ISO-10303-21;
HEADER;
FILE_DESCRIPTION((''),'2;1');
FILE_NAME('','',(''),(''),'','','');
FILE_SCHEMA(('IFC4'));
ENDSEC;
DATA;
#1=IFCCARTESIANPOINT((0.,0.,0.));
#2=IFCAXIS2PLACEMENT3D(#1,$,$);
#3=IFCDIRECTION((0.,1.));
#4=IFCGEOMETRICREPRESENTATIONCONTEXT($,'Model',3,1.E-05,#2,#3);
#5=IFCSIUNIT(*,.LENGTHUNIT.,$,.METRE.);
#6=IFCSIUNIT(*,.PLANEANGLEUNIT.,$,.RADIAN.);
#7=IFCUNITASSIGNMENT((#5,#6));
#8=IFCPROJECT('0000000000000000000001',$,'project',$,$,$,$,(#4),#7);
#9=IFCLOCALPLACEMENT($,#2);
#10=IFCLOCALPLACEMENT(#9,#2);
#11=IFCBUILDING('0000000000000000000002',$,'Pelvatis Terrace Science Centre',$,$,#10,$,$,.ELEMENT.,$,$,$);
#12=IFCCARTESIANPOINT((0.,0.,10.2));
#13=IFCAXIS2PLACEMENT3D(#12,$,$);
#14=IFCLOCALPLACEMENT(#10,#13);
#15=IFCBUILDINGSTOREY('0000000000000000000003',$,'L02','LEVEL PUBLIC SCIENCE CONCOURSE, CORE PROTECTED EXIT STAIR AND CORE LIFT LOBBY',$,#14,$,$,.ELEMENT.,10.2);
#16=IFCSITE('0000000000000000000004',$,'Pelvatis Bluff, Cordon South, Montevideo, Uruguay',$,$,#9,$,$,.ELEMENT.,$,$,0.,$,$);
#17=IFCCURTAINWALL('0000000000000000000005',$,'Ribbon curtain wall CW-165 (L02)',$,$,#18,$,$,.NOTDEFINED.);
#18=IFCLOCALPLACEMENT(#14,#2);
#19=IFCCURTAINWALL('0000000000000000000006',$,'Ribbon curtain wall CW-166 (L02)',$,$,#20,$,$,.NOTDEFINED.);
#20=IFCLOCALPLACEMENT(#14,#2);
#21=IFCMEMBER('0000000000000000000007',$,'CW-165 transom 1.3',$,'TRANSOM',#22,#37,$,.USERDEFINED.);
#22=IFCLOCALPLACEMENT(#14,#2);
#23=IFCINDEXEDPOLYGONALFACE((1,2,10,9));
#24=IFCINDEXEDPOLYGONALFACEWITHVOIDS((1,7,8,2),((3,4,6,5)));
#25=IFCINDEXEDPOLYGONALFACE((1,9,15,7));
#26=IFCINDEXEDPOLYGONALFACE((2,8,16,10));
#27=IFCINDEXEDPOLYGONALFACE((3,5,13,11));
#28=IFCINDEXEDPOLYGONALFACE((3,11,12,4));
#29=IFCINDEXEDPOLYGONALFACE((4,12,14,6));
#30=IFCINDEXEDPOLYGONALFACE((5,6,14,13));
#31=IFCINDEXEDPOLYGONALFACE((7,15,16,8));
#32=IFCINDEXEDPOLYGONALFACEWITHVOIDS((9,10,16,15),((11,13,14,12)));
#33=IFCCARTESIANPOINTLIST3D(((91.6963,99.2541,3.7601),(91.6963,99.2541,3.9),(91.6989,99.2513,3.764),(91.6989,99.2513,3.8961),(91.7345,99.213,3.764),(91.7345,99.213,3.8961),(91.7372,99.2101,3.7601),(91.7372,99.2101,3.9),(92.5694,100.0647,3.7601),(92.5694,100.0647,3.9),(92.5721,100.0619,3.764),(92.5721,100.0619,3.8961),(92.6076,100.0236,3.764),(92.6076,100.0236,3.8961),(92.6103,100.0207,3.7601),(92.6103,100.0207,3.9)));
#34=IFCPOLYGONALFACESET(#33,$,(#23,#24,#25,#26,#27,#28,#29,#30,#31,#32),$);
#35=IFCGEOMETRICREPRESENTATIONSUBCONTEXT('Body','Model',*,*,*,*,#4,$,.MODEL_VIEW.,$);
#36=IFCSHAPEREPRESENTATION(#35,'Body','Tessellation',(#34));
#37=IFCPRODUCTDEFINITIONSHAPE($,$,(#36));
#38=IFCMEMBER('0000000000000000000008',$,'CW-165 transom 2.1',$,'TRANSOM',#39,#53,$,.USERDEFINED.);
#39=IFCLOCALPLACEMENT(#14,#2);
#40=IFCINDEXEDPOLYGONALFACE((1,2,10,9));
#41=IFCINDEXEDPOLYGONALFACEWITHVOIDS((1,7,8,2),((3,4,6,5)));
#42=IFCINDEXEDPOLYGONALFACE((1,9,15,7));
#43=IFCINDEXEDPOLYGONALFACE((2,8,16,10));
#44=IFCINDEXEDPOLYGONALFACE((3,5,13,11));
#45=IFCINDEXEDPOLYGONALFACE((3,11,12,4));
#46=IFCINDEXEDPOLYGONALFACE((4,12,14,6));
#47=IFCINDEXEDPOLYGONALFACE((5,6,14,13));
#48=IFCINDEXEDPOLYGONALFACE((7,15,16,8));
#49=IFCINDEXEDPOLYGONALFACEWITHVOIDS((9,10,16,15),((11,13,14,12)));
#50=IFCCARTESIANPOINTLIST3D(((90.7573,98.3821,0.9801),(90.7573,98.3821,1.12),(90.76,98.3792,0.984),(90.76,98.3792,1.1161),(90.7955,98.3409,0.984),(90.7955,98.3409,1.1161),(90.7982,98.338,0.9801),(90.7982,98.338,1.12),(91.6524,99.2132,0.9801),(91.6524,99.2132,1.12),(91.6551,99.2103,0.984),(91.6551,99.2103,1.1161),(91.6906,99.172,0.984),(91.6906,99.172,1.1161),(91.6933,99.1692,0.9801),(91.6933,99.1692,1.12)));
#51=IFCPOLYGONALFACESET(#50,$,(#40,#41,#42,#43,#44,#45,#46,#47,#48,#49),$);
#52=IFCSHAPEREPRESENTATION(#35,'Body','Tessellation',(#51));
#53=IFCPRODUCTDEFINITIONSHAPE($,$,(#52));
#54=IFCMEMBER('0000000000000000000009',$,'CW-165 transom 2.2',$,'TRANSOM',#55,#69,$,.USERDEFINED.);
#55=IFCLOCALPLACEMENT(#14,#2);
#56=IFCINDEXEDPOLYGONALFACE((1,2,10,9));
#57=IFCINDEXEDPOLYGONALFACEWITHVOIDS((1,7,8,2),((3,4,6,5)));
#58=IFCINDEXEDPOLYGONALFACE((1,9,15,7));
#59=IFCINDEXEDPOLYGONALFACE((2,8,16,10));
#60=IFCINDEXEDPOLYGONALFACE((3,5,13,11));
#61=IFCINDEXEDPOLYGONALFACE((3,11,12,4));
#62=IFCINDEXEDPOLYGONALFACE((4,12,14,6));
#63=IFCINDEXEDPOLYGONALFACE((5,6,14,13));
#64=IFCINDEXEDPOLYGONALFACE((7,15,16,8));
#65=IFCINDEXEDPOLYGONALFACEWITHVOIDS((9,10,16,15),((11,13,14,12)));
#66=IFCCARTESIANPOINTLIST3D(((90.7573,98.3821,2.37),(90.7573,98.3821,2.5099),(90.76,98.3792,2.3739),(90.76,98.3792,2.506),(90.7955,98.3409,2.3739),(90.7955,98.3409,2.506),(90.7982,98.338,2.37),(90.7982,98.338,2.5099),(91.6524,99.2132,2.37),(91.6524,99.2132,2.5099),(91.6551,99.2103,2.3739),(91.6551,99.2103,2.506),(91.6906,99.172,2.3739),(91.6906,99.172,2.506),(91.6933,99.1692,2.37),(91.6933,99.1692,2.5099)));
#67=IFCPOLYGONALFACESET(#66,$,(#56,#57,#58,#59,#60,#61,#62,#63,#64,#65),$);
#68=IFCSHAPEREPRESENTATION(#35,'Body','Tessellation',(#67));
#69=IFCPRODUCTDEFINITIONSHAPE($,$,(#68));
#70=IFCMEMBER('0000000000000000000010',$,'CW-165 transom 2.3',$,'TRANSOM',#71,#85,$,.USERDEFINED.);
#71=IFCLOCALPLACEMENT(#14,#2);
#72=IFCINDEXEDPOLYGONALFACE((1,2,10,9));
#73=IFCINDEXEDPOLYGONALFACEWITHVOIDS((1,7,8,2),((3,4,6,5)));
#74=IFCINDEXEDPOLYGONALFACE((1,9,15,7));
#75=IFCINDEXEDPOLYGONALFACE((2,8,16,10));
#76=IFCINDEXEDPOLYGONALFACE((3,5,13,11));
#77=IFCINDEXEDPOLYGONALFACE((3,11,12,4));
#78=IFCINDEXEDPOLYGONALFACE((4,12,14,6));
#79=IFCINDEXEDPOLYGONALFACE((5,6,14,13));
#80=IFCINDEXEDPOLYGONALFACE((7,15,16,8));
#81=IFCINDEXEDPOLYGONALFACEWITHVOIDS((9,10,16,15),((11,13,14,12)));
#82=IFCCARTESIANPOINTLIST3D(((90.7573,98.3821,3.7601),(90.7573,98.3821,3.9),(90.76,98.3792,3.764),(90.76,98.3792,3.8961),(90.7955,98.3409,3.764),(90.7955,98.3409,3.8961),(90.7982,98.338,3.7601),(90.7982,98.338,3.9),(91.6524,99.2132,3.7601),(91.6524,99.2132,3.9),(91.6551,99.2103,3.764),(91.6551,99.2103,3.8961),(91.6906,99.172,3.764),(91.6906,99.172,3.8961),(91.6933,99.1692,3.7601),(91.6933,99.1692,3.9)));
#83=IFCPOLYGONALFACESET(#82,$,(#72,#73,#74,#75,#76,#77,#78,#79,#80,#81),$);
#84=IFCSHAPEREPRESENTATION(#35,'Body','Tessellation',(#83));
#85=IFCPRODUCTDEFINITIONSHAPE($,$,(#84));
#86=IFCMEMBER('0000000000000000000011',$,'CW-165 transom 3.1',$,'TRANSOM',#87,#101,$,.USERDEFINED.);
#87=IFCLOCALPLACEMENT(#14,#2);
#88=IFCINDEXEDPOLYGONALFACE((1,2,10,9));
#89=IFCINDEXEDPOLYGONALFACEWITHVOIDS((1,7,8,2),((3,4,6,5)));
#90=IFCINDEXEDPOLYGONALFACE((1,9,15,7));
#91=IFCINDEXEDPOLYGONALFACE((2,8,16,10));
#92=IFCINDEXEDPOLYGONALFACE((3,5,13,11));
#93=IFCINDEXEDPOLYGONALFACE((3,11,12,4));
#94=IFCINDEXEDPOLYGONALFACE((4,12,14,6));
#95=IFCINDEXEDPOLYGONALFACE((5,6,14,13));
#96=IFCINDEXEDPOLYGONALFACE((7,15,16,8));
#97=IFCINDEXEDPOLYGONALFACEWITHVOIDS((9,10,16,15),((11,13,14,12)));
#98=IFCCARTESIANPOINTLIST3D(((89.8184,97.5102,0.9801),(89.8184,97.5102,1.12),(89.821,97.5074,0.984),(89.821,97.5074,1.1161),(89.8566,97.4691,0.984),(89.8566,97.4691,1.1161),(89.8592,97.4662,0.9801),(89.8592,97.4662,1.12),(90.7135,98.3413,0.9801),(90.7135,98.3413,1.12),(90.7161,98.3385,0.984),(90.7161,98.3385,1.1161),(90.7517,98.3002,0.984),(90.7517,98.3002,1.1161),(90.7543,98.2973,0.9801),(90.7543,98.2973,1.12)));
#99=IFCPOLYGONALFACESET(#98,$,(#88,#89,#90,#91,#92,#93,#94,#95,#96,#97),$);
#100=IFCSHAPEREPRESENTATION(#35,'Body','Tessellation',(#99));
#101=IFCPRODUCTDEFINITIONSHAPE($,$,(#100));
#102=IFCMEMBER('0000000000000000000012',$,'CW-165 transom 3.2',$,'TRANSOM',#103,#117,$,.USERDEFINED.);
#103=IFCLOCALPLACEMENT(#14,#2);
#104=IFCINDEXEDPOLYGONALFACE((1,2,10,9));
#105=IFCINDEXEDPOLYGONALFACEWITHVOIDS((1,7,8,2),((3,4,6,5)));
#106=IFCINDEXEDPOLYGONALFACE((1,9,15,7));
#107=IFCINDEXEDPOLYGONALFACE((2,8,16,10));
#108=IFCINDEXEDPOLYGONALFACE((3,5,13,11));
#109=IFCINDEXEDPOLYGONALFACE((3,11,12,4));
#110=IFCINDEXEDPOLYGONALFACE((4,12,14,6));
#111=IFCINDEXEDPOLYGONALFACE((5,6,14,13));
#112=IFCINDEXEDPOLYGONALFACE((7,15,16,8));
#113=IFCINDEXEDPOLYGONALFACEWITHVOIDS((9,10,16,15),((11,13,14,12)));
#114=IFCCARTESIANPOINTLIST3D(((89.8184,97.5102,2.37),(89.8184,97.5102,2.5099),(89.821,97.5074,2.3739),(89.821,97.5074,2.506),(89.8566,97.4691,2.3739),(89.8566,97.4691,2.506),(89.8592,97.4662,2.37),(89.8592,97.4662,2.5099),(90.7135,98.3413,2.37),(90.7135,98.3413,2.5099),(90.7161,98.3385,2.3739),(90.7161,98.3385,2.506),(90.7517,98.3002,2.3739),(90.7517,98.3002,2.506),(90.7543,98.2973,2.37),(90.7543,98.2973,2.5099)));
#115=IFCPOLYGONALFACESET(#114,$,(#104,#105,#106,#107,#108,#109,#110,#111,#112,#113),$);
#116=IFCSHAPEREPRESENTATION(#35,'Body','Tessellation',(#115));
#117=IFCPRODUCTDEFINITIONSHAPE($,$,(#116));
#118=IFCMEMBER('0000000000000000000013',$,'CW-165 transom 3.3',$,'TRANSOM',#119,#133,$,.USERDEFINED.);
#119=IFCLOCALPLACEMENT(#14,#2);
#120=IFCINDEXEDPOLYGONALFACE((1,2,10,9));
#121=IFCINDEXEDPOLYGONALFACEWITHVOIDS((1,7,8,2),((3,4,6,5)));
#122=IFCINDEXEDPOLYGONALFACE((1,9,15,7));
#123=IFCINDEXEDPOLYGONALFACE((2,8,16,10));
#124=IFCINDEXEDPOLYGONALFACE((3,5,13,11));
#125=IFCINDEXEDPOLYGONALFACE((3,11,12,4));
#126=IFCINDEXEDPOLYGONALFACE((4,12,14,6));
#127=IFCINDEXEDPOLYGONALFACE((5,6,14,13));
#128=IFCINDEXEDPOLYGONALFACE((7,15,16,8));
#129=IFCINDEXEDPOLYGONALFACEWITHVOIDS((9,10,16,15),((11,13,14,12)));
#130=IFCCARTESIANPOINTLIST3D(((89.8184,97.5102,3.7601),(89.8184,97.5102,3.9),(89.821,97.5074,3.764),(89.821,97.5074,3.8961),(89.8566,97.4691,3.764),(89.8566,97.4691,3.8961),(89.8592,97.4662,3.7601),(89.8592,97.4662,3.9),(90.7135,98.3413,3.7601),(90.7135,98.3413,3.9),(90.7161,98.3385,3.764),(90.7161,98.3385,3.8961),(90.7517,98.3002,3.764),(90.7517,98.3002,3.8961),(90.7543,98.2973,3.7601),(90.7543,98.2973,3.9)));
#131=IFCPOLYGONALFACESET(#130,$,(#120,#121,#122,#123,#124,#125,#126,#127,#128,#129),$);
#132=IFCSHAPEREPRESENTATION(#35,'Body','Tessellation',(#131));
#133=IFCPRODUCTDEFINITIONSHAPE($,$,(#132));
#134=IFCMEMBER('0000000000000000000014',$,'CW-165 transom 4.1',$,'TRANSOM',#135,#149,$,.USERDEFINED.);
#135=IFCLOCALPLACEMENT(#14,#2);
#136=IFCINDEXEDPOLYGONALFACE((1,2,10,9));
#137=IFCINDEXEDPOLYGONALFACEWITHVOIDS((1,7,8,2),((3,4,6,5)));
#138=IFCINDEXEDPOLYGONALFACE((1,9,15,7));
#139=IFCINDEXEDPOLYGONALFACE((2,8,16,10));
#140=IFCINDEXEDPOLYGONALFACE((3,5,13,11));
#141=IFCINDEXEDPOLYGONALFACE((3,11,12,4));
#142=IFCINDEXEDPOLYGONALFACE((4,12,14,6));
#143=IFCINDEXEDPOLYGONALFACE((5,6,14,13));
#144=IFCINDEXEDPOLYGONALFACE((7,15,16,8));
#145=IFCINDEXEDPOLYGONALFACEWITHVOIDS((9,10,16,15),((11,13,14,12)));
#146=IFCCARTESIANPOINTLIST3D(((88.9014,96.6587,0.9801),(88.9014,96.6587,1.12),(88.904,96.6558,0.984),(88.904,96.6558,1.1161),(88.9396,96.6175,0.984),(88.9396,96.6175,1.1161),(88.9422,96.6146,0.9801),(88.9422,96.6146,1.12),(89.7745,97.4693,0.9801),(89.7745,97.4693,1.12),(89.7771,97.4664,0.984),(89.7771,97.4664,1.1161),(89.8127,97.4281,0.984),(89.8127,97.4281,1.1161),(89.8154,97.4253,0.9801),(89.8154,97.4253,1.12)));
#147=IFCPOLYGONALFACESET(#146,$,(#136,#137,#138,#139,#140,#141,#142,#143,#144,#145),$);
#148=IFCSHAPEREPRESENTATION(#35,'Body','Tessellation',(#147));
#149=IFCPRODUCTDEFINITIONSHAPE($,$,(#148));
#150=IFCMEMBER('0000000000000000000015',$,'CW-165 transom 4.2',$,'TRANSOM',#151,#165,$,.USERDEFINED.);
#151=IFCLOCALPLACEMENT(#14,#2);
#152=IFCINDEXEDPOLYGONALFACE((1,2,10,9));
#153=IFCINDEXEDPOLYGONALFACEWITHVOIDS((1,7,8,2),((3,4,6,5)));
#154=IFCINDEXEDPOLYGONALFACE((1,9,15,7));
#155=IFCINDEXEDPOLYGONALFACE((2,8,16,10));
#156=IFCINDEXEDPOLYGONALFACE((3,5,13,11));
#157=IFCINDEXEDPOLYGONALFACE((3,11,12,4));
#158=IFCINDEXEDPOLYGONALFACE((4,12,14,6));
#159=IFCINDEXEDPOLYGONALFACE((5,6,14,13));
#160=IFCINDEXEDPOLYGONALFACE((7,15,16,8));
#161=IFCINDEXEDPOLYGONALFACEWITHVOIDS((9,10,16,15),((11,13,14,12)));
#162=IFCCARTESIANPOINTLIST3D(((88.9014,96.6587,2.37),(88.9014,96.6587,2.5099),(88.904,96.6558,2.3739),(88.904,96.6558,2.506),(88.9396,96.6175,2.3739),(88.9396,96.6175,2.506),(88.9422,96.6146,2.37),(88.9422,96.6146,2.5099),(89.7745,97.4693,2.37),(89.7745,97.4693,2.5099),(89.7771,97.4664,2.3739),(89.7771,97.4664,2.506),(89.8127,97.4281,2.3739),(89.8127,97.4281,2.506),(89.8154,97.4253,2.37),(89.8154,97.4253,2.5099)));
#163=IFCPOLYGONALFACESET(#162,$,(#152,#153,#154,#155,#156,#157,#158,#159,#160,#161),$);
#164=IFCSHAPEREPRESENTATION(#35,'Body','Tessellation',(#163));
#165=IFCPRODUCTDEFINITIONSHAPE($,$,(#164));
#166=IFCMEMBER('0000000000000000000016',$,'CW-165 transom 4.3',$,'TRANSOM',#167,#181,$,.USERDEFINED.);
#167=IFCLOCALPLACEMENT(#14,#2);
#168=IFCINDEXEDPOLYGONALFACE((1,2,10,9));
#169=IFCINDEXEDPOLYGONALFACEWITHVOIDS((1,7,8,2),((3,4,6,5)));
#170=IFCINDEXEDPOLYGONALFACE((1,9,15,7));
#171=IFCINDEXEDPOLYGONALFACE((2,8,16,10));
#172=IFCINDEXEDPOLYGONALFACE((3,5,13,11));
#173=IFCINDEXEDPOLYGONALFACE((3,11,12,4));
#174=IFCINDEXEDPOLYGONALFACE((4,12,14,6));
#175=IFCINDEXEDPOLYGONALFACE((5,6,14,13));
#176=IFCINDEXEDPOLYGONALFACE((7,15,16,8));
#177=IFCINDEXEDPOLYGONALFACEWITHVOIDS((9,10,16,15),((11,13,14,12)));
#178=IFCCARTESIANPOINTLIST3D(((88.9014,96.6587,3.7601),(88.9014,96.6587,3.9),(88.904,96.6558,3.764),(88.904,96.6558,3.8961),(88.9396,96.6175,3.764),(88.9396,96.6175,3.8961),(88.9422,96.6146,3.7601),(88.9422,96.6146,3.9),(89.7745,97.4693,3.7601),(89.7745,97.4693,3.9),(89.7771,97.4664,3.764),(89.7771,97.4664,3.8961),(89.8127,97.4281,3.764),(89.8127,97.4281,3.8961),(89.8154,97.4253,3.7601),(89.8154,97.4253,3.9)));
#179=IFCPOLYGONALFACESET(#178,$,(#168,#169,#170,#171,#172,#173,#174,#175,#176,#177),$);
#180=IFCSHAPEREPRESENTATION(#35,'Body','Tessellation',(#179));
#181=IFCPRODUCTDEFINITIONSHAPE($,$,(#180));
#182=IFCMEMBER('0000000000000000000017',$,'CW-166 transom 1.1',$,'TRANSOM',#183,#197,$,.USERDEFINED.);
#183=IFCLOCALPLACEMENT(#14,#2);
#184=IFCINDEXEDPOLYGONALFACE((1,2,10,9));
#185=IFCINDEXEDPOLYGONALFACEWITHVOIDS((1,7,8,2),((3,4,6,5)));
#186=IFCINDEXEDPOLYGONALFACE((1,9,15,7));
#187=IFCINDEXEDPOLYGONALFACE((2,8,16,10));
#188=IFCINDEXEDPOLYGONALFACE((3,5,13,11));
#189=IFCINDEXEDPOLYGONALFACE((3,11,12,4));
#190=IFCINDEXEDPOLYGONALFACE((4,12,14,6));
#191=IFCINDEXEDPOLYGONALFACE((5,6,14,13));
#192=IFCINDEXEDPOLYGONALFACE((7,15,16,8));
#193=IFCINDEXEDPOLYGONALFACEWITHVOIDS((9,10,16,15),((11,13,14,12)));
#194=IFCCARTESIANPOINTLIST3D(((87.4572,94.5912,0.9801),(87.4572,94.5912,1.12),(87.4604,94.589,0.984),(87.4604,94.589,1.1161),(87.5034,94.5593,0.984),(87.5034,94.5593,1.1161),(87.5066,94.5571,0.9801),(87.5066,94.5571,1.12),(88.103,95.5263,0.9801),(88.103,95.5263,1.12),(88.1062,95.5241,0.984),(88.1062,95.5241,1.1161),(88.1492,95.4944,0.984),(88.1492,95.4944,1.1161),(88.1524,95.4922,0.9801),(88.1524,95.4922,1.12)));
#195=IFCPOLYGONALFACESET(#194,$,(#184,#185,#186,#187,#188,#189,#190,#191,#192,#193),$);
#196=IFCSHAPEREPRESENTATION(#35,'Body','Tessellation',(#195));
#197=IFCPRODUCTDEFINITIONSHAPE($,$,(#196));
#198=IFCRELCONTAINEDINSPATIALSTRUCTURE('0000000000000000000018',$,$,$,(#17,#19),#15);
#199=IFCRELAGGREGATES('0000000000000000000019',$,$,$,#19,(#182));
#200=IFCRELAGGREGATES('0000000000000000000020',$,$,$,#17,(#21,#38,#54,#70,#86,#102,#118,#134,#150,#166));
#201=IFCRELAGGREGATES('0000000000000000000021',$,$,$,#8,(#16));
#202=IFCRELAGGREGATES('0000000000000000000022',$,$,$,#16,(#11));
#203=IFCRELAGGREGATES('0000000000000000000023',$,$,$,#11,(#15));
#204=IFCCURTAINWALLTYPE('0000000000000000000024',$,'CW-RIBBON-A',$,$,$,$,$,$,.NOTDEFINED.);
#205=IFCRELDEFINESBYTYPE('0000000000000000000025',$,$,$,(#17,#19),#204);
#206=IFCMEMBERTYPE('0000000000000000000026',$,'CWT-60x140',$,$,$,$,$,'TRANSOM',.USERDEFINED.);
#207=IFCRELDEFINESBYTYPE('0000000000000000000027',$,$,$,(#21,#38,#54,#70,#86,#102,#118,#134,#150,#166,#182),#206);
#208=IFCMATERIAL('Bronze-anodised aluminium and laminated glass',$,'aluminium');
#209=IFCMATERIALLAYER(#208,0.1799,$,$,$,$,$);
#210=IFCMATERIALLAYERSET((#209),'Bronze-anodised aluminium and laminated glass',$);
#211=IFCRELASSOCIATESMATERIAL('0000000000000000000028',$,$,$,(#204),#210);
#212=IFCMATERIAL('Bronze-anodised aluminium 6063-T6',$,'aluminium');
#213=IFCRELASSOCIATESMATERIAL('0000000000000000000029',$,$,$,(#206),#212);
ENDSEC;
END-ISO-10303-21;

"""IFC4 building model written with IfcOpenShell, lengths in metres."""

from ifc_helpers import new_model, si_unit, direction, frame, origin, origin_2d, place, context, subcontext, project, spatial, hollow_rectangle, extrude, material, layer, layer_set, material_profile, profile_set, type_object, element, aggregate, save


model = new_model("IFC4")

# Units and contexts
model_context = context("Model", 3, precision=1e-05, world=origin(), true_north=direction((0.0, 1.0)))
body_context = subcontext(model_context, "Body", "Model", "MODEL_VIEW")
ifc_project = project(units=[si_unit("LENGTHUNIT", "METRE"), si_unit("PLANEANGLEUNIT", "RADIAN")], contexts=[model_context])

# Site, building, storey
site_placement = place(None, origin())
site = spatial("IfcSite", under=ifc_project, at=site_placement, Name="Pelvatis Bluff, Cordon South, Montevideo, Uruguay", CompositionType="ELEMENT", RefElevation=0.0)
building_placement = place(site_placement, origin())
building = spatial("IfcBuilding", under=site, at=building_placement, Name="Pelvatis Terrace Science Centre", CompositionType="ELEMENT")
storey_placement = place(building_placement, frame((0.0, 0.0, 10.2)))
storey = spatial("IfcBuildingStorey", under=building, at=storey_placement, Name="L02", Description="LEVEL PUBLIC SCIENCE CONCOURSE, CORE PROTECTED EXIT STAIR AND CORE LIFT LOBBY", CompositionType="ELEMENT", Elevation=10.2)

# Shared definitions
ifc_material_1 = material(Name="Bronze-anodised aluminium and laminated glass", Category="aluminium")
ifc_layer_1 = layer(ifc_material_1, 0.1799)
ifc_layer_set_1 = layer_set([ifc_layer_1], Name="Bronze-anodised aluminium and laminated glass")
curtain_wall_type = type_object("IfcCurtainWallType", Name="CW-RIBBON-A", PredefinedType="NOTDEFINED", material=ifc_layer_set_1)

# Curtain wall
curtain_wall_1_placement = place(storey_placement, origin())
curtain_wall_1 = element("IfcCurtainWall", 1, at=curtain_wall_1_placement, inside=storey, type_object=curtain_wall_type, Name="Ribbon curtain wall CW-165 (L02)", PredefinedType="NOTDEFINED")

# Curtain wall
curtain_wall_2_placement = place(storey_placement, origin())
curtain_wall_2 = element("IfcCurtainWall", 2, at=curtain_wall_2_placement, inside=storey, type_object=curtain_wall_type, Name="Ribbon curtain wall CW-166 (L02)", PredefinedType="NOTDEFINED")

# Members
ifc_material_2 = material(Name="Bronze-anodised aluminium 6063-T6", Category="aluminium")
ifc_material_profile_1 = material_profile(ifc_material_2, hollow_rectangle(XDim=0.0601, YDim=0.1399, WallThickness=0.0039, at=origin_2d()), Name="ALU-TRN 60x140")
ifc_profile_set_1 = profile_set([ifc_material_profile_1], Name="Bronze-anodised aluminium 6063-T6")
member_type_1 = type_object("IfcMemberType", Name="CWT-60x140", ElementType="TRANSOM", PredefinedType="USERDEFINED", material=ifc_profile_set_1)
member_1_placement = place(storey_placement, frame((92.5898, 100.0427, 3.8301), z_axis=(-0.732852, -0.680388, 0.0), x_axis=(0.680388, -0.732852, 0.0)))
member_1 = element("IfcMember", 3, at=member_1_placement, type_object=member_type_1, Name="CW-165 transom 1.3", ObjectType="TRANSOM", PredefinedType="USERDEFINED", context=body_context, shape_type="SweptSolid", body=[
    extrude(hollow_rectangle(XDim=0.0601, YDim=0.1399, WallThickness=0.0039, at=origin_2d()), origin(), (0.0, 0.0, 1.0), 1.1914),
])
member_2_placement = place(storey_placement, frame((91.6729, 99.1912, 1.05), z_axis=(-0.732808, -0.680436, 0.0), x_axis=(0.680436, -0.732808, 0.0)))
member_2 = element("IfcMember", 4, at=member_2_placement, type_object=member_type_1, Name="CW-165 transom 2.1", ObjectType="TRANSOM", PredefinedType="USERDEFINED", context=body_context, shape_type="SweptSolid", body=[
    extrude(hollow_rectangle(XDim=0.0601, YDim=0.1399, WallThickness=0.0039, at=origin_2d()), origin(), (0.0, 0.0, 1.0), 1.2214),
])
member_3_placement = place(storey_placement, frame((91.6729, 99.1912, 2.4399), z_axis=(-0.732808, -0.680436, 0.0), x_axis=(0.680436, -0.732808, 0.0)))
member_3 = element("IfcMember", 5, at=member_3_placement, type_object=member_type_1, Name="CW-165 transom 2.2", ObjectType="TRANSOM", PredefinedType="USERDEFINED", context=body_context, shape_type="SweptSolid", body=[
    extrude(hollow_rectangle(XDim=0.0601, YDim=0.1399, WallThickness=0.0039, at=origin_2d()), origin(), (0.0, 0.0, 1.0), 1.2214),
])
member_4_placement = place(storey_placement, frame((91.6729, 99.1912, 3.8301), z_axis=(-0.732808, -0.680436, 0.0), x_axis=(0.680436, -0.732808, 0.0)))
member_4 = element("IfcMember", 6, at=member_4_placement, type_object=member_type_1, Name="CW-165 transom 2.3", ObjectType="TRANSOM", PredefinedType="USERDEFINED", context=body_context, shape_type="SweptSolid", body=[
    extrude(hollow_rectangle(XDim=0.0601, YDim=0.1399, WallThickness=0.0039, at=origin_2d()), origin(), (0.0, 0.0, 1.0), 1.2214),
])
member_5_placement = place(storey_placement, frame((90.7339, 98.3193, 1.05), z_axis=(-0.732808, -0.680436, 0.0), x_axis=(0.680436, -0.732808, 0.0)))
member_5 = element("IfcMember", 7, at=member_5_placement, type_object=member_type_1, Name="CW-165 transom 3.1", ObjectType="TRANSOM", PredefinedType="USERDEFINED", context=body_context, shape_type="SweptSolid", body=[
    extrude(hollow_rectangle(XDim=0.0601, YDim=0.1399, WallThickness=0.0039, at=origin_2d()), origin(), (0.0, 0.0, 1.0), 1.2214),
])
member_6_placement = place(storey_placement, frame((90.7339, 98.3193, 2.4399), z_axis=(-0.732808, -0.680436, 0.0), x_axis=(0.680436, -0.732808, 0.0)))
member_6 = element("IfcMember", 8, at=member_6_placement, type_object=member_type_1, Name="CW-165 transom 3.2", ObjectType="TRANSOM", PredefinedType="USERDEFINED", context=body_context, shape_type="SweptSolid", body=[
    extrude(hollow_rectangle(XDim=0.0601, YDim=0.1399, WallThickness=0.0039, at=origin_2d()), origin(), (0.0, 0.0, 1.0), 1.2214),
])
member_7_placement = place(storey_placement, frame((90.7339, 98.3193, 3.8301), z_axis=(-0.732808, -0.680436, 0.0), x_axis=(0.680436, -0.732808, 0.0)))
member_7 = element("IfcMember", 9, at=member_7_placement, type_object=member_type_1, Name="CW-165 transom 3.3", ObjectType="TRANSOM", PredefinedType="USERDEFINED", context=body_context, shape_type="SweptSolid", body=[
    extrude(hollow_rectangle(XDim=0.0601, YDim=0.1399, WallThickness=0.0039, at=origin_2d()), origin(), (0.0, 0.0, 1.0), 1.2214),
])
member_8_placement = place(storey_placement, frame((89.7949, 97.4473, 1.05), z_axis=(-0.732852, -0.680388, 0.0), x_axis=(0.680388, -0.732852, 0.0)))
member_8 = element("IfcMember", 10, at=member_8_placement, type_object=member_type_1, Name="CW-165 transom 4.1", ObjectType="TRANSOM", PredefinedType="USERDEFINED", context=body_context, shape_type="SweptSolid", body=[
    extrude(hollow_rectangle(XDim=0.0601, YDim=0.1399, WallThickness=0.0039, at=origin_2d()), origin(), (0.0, 0.0, 1.0), 1.1914),
])
member_9_placement = place(storey_placement, frame((89.7949, 97.4473, 2.4399), z_axis=(-0.732852, -0.680388, 0.0), x_axis=(0.680388, -0.732852, 0.0)))
member_9 = element("IfcMember", 11, at=member_9_placement, type_object=member_type_1, Name="CW-165 transom 4.2", ObjectType="TRANSOM", PredefinedType="USERDEFINED", context=body_context, shape_type="SweptSolid", body=[
    extrude(hollow_rectangle(XDim=0.0601, YDim=0.1399, WallThickness=0.0039, at=origin_2d()), origin(), (0.0, 0.0, 1.0), 1.1914),
])
member_10_placement = place(storey_placement, frame((89.7949, 97.4473, 3.8301), z_axis=(-0.732852, -0.680388, 0.0), x_axis=(0.680388, -0.732852, 0.0)))
member_10 = element("IfcMember", 12, at=member_10_placement, type_object=member_type_1, Name="CW-165 transom 4.3", ObjectType="TRANSOM", PredefinedType="USERDEFINED", context=body_context, shape_type="SweptSolid", body=[
    extrude(hollow_rectangle(XDim=0.0601, YDim=0.1399, WallThickness=0.0039, at=origin_2d()), origin(), (0.0, 0.0, 1.0), 1.1914),
])
member_11_placement = place(storey_placement, frame((88.1277, 95.5093, 1.05), z_axis=(-0.56826, -0.822849, 0.0), x_axis=(0.822849, -0.56826, 0.0)))
member_11 = element("IfcMember", 13, at=member_11_placement, type_object=member_type_1, Name="CW-166 transom 1.1", ObjectType="TRANSOM", PredefinedType="USERDEFINED", context=body_context, shape_type="SweptSolid", body=[
    extrude(hollow_rectangle(XDim=0.0601, YDim=0.1399, WallThickness=0.0039, at=origin_2d()), origin(), (0.0, 0.0, 1.0), 1.1365),
])
aggregate(curtain_wall_2, [member_11])

aggregate(curtain_wall_1, [member_1, member_2, member_3, member_4, member_5, member_6, member_7, member_8, member_9, member_10])

save(model, "model.ifc")
